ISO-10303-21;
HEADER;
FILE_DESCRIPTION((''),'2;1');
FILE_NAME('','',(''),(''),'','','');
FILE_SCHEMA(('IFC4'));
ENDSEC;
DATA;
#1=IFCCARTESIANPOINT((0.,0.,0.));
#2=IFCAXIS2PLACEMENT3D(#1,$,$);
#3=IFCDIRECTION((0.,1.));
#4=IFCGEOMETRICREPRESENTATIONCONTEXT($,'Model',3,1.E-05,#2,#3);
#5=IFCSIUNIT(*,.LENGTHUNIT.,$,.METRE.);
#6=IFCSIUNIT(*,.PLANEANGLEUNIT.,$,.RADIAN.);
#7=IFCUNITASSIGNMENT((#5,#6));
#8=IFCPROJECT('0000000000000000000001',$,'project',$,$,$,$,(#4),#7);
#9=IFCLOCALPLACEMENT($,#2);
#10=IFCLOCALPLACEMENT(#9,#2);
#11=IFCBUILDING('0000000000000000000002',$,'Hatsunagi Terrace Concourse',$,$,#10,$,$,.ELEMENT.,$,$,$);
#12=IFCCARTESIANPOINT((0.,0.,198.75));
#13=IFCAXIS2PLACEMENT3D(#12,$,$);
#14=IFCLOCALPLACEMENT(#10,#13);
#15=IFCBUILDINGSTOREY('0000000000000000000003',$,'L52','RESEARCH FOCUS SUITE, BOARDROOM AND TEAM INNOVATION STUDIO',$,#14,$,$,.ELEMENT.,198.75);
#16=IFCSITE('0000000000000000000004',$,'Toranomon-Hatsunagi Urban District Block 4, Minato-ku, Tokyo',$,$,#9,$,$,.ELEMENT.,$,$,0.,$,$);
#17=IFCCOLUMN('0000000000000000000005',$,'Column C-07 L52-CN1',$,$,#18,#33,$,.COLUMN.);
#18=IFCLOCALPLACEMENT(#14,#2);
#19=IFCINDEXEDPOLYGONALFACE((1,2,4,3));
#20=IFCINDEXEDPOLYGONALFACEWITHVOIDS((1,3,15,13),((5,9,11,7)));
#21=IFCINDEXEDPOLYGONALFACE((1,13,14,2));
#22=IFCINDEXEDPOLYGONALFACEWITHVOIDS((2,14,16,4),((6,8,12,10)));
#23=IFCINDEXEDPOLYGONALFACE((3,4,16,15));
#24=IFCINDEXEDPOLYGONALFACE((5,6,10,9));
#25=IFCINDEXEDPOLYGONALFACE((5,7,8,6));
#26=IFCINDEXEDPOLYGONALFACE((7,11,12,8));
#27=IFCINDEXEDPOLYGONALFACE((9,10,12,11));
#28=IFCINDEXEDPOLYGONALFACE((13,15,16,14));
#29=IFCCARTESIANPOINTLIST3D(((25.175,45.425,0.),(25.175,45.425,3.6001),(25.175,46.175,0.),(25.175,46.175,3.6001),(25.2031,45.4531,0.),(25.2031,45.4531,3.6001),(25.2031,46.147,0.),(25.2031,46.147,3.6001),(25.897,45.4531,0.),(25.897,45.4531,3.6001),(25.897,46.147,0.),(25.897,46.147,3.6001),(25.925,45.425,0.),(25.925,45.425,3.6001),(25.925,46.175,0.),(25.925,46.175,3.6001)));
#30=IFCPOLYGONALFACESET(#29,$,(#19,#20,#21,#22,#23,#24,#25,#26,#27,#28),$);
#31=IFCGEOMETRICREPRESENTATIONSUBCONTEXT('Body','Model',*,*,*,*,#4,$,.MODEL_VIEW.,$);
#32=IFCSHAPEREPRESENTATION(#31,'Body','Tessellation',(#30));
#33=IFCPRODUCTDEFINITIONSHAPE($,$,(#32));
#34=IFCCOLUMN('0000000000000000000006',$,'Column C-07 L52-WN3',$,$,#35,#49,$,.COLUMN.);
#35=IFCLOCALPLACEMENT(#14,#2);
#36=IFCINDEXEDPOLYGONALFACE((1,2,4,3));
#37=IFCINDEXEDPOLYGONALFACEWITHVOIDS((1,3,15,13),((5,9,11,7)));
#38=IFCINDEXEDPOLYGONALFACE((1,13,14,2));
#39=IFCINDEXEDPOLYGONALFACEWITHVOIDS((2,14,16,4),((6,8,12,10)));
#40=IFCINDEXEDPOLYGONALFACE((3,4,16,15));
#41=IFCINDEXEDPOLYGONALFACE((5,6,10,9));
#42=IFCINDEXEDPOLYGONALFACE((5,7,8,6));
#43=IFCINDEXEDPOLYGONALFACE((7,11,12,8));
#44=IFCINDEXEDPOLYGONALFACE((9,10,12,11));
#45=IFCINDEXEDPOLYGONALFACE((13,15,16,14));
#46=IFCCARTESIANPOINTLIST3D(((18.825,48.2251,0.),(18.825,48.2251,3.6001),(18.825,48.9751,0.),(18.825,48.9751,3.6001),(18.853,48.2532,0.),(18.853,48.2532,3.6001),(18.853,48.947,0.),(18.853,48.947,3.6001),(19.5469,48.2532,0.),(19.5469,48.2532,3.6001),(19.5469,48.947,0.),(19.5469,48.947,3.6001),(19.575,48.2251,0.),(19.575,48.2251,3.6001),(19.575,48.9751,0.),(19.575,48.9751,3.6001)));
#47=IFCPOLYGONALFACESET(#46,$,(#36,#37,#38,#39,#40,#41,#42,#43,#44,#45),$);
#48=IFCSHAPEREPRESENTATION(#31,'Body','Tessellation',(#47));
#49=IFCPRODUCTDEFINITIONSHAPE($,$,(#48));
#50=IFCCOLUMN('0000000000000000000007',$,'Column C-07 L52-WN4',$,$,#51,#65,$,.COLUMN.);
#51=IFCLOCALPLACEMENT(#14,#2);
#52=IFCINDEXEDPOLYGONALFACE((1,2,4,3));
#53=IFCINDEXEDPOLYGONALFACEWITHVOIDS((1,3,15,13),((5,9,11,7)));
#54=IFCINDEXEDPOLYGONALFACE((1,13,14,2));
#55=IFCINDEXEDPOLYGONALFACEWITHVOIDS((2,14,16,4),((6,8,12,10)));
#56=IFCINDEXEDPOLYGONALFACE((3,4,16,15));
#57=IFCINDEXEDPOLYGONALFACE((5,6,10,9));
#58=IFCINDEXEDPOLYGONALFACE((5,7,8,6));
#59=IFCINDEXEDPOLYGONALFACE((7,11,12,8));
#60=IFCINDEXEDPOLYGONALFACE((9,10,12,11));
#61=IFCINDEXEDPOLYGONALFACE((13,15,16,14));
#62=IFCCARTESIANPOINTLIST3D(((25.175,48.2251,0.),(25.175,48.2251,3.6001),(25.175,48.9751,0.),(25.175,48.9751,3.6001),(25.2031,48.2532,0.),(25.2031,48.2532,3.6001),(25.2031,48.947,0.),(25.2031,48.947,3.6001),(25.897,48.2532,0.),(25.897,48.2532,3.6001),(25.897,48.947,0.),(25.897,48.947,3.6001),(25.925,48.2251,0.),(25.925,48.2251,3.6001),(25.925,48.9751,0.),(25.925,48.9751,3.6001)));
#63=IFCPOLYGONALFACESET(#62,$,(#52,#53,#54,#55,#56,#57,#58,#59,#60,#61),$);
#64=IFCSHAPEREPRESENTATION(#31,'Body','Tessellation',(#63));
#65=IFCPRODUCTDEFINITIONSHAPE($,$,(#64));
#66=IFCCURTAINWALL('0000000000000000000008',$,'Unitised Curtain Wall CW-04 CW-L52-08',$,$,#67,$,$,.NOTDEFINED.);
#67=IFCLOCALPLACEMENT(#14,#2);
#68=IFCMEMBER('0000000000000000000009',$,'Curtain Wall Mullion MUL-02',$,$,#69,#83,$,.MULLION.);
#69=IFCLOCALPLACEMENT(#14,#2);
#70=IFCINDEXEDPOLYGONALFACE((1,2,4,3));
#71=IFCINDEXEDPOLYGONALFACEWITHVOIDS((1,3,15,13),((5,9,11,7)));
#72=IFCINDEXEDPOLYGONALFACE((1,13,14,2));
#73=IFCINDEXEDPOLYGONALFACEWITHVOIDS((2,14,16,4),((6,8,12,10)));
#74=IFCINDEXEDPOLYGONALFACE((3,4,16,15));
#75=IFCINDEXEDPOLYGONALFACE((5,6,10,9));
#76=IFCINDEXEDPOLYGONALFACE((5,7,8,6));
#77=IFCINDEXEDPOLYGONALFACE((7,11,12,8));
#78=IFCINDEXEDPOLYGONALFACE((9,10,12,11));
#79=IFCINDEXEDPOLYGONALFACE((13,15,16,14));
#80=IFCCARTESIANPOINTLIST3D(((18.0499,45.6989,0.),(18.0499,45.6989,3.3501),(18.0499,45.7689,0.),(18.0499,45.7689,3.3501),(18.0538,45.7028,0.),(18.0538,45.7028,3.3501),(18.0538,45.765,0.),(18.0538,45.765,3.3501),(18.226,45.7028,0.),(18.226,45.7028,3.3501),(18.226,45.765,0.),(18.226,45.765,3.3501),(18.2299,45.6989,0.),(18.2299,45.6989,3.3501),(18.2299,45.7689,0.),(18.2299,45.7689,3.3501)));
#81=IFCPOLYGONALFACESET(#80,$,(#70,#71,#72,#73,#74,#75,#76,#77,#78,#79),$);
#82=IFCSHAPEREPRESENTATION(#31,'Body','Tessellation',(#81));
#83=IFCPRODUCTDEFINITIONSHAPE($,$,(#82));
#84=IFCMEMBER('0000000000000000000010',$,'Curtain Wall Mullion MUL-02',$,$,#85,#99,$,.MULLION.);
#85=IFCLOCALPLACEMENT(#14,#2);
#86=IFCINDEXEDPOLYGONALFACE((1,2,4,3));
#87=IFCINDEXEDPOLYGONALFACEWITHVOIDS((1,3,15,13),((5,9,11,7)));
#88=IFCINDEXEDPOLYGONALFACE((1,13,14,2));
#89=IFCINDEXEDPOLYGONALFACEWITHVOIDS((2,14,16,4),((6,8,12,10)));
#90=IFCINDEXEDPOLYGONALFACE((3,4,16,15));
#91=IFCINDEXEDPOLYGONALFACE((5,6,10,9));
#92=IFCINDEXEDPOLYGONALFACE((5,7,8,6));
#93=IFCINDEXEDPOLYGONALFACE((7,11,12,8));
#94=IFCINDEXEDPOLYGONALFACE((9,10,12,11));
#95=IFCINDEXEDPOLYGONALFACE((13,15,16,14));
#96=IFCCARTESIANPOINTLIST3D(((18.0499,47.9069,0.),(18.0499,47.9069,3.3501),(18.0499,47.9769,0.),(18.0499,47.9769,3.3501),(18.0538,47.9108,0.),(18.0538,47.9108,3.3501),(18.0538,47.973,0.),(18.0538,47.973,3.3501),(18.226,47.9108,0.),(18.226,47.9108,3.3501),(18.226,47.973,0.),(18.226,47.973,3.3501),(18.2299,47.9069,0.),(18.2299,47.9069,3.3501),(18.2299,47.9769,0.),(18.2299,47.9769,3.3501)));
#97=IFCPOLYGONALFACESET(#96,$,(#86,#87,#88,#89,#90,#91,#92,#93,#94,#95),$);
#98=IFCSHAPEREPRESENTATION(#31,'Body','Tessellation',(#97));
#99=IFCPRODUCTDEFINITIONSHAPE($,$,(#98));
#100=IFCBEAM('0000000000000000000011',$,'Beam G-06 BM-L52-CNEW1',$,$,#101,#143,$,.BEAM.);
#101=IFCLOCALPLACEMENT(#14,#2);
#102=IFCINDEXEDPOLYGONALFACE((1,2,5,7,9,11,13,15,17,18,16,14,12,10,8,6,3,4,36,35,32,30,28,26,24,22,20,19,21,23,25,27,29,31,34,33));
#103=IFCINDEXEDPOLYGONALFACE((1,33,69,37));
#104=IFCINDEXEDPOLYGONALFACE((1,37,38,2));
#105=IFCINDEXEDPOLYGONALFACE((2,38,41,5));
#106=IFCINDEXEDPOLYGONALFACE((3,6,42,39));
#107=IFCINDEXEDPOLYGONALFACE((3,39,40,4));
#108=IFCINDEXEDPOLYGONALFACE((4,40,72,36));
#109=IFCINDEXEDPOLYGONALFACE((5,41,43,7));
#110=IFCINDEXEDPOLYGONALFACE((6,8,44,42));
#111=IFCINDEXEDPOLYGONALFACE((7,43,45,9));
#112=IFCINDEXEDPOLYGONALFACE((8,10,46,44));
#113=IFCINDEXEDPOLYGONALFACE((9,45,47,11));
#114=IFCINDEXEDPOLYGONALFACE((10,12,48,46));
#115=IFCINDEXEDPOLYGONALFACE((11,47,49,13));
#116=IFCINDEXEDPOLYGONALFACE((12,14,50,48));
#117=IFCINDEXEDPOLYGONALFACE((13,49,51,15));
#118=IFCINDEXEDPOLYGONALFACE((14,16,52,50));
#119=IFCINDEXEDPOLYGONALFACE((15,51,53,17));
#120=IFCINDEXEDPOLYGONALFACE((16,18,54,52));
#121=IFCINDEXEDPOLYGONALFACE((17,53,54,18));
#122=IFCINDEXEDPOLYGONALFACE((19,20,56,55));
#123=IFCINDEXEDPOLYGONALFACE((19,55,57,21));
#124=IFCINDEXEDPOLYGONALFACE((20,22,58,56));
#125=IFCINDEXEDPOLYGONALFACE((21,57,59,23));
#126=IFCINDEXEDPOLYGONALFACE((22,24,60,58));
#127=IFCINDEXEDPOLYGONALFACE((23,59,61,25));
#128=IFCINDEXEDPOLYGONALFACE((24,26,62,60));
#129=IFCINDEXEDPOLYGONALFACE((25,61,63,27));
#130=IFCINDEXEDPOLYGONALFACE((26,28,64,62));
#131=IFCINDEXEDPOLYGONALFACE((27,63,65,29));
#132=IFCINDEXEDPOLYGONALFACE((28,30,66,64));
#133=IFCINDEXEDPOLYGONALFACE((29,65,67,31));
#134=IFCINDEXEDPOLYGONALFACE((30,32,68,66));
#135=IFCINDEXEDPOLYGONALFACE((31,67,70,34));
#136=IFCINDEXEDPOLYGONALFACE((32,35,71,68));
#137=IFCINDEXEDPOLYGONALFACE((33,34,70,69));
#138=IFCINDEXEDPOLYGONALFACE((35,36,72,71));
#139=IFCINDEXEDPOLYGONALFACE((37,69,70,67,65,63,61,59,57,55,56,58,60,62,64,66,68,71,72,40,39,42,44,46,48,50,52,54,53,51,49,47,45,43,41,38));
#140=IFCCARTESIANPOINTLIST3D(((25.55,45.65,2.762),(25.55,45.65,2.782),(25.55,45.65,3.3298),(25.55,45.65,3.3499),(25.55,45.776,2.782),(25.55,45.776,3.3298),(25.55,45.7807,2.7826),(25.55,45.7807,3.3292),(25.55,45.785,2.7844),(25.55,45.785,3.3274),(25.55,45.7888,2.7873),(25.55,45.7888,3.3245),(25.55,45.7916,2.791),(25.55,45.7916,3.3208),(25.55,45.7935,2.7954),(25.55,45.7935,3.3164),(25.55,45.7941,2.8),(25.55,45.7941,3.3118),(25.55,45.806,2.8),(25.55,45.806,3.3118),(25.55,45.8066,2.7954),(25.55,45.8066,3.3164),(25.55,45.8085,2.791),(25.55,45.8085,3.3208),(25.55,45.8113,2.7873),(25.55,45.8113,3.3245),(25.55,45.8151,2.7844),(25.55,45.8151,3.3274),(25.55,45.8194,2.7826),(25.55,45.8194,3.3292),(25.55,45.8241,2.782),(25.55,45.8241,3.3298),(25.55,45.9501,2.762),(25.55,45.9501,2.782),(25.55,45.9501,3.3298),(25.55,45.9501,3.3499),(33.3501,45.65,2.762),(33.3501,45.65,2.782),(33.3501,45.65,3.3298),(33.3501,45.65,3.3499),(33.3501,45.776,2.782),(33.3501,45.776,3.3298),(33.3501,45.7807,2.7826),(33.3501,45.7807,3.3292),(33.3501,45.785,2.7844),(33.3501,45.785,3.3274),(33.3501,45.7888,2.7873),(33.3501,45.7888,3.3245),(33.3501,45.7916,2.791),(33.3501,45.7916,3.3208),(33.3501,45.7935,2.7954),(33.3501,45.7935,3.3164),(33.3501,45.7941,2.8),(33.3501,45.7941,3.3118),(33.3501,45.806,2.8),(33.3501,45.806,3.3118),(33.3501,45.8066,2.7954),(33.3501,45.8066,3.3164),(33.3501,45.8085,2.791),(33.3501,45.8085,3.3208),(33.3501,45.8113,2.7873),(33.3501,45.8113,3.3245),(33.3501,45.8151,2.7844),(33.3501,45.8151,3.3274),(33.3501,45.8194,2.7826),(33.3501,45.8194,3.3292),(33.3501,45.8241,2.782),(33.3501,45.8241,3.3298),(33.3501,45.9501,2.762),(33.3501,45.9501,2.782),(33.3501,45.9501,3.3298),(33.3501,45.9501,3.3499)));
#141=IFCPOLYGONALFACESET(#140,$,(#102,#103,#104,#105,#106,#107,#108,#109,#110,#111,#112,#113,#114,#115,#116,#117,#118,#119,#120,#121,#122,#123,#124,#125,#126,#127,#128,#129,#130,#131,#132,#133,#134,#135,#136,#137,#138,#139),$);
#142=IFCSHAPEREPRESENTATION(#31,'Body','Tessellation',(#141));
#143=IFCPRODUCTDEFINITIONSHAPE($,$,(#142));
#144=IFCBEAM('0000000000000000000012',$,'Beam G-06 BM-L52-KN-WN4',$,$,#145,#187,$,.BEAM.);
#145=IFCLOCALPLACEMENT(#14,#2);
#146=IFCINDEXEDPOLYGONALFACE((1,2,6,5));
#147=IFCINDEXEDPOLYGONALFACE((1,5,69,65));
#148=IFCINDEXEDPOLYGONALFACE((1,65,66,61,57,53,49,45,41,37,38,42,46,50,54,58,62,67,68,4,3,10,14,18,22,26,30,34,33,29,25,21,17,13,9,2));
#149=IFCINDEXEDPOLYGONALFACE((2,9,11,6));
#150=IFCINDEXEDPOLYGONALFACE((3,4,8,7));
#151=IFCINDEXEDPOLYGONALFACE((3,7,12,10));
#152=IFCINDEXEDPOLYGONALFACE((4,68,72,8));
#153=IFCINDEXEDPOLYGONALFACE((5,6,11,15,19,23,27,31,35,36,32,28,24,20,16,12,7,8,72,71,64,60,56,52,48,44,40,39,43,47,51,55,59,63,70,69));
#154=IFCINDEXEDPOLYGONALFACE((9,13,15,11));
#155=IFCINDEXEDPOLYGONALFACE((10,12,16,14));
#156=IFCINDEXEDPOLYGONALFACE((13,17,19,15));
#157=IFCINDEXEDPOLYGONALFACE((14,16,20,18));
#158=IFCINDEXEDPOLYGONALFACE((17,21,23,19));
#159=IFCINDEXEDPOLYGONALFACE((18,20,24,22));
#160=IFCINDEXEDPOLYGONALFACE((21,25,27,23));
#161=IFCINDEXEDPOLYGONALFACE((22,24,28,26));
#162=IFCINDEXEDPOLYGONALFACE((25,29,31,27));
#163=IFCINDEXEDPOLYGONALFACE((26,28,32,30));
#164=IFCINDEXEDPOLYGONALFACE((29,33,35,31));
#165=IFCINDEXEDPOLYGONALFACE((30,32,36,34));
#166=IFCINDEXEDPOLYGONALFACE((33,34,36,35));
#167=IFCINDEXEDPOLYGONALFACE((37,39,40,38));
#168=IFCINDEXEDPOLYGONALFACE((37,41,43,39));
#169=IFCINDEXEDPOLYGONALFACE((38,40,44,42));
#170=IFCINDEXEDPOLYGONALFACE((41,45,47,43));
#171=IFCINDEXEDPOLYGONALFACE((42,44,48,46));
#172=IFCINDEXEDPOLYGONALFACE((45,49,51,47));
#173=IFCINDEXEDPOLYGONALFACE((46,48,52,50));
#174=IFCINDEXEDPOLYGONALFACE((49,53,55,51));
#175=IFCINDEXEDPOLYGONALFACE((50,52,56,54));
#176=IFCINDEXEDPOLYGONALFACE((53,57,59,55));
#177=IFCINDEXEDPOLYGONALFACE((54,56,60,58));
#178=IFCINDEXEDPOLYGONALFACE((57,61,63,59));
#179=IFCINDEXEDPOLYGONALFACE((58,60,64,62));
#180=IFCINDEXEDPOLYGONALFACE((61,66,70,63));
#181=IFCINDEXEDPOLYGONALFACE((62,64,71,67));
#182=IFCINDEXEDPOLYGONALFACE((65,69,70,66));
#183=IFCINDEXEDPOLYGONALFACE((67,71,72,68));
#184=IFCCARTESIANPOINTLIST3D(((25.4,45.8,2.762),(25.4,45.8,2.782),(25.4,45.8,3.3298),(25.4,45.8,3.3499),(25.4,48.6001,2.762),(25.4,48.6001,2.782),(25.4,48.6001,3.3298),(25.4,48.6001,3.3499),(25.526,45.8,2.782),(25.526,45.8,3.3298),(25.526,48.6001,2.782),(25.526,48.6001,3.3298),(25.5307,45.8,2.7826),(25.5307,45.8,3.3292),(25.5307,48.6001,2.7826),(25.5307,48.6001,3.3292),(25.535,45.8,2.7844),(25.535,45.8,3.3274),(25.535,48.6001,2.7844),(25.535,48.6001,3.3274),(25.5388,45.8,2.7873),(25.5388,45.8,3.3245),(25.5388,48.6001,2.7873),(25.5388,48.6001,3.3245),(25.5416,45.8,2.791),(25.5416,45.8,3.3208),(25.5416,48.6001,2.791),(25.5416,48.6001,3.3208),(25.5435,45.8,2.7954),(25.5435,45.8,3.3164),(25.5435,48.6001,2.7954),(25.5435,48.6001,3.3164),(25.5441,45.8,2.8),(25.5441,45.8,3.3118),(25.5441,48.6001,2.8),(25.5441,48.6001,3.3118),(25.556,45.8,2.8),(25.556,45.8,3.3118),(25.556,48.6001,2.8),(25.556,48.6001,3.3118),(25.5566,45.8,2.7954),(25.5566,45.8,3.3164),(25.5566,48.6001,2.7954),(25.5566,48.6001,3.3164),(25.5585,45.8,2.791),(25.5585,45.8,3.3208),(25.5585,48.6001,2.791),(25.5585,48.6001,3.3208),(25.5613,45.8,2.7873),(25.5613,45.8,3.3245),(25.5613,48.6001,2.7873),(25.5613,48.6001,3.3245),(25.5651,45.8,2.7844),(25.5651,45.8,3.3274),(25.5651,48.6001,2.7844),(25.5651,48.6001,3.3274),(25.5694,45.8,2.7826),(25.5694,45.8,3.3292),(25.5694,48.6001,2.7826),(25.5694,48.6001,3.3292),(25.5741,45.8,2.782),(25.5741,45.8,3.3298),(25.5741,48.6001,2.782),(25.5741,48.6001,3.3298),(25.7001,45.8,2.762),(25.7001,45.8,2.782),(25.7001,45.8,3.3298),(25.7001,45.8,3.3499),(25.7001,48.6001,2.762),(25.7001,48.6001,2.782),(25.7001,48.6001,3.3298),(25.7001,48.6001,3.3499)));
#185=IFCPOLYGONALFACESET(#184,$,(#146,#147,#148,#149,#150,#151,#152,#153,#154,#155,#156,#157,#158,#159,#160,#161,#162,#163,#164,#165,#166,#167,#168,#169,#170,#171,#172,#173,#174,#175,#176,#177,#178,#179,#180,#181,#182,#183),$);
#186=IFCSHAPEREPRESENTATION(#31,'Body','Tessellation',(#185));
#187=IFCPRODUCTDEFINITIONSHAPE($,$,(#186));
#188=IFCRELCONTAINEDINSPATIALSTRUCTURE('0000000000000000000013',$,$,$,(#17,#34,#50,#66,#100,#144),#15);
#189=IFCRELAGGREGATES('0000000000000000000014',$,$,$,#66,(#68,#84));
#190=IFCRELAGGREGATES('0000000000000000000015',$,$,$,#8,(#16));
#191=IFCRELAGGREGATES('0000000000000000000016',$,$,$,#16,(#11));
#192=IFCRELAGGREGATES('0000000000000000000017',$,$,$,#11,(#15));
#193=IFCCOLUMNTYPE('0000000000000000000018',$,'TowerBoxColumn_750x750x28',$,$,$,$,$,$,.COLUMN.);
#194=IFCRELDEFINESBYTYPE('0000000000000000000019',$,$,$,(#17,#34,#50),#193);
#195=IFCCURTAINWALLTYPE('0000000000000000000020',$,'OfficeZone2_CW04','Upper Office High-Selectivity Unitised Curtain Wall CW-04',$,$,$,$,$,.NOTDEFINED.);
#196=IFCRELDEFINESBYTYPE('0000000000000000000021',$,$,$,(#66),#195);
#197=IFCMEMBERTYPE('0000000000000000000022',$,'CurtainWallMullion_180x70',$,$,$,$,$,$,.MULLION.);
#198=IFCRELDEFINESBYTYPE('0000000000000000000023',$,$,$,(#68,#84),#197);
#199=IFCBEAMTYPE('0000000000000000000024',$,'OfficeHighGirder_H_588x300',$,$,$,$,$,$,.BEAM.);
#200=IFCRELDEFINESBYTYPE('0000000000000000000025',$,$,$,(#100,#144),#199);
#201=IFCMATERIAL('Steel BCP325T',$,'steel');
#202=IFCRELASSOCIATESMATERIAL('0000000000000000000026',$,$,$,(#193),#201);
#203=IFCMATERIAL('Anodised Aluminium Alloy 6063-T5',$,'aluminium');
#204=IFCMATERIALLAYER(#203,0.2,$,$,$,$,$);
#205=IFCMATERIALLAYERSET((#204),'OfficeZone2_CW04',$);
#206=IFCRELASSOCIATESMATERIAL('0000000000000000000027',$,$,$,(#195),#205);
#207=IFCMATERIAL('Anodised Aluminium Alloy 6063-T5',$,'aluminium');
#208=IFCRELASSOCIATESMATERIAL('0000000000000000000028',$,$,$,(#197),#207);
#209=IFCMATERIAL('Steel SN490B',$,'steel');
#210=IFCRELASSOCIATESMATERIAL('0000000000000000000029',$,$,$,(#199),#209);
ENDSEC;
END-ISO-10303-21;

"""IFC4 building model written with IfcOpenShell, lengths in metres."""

from ifc_helpers import new_model, si_unit, direction, frame, origin, origin_2d, place, context, subcontext, project, spatial, hollow_rectangle, i_section, extrude, material, layer, layer_set, material_profile, profile_set, type_object, element, aggregate, save


model = new_model("IFC4")

# Units and contexts
model_context = context("Model", 3, precision=1e-05, world=origin(), true_north=direction((0.0, 1.0)))
body_context = subcontext(model_context, "Body", "Model", "MODEL_VIEW")
ifc_project = project(units=[si_unit("LENGTHUNIT", "METRE"), si_unit("PLANEANGLEUNIT", "RADIAN")], contexts=[model_context])

# Site, building, storey
site_placement = place(None, origin())
site = spatial("IfcSite", under=ifc_project, at=site_placement, Name="Toranomon-Hatsunagi Urban District Block 4, Minato-ku, Tokyo", CompositionType="ELEMENT", RefElevation=0.0)
building_placement = place(site_placement, origin())
building = spatial("IfcBuilding", under=site, at=building_placement, Name="Hatsunagi Terrace Concourse", CompositionType="ELEMENT")
storey_placement = place(building_placement, frame((0.0, 0.0, 198.75)))
storey = spatial("IfcBuildingStorey", under=building, at=storey_placement, Name="L52", Description="RESEARCH FOCUS SUITE, BOARDROOM AND TEAM INNOVATION STUDIO", CompositionType="ELEMENT", Elevation=198.75)

# Columns
ifc_material_1 = material(Name="Steel BCP325T", Category="steel")
ifc_material_profile_1 = material_profile(ifc_material_1, hollow_rectangle(XDim=0.75, YDim=0.75, WallThickness=0.0281, at=origin_2d()), Name="BCP-750x750x28")
ifc_profile_set_1 = profile_set([ifc_material_profile_1], Name="Steel BCP325T")
column_type = type_object("IfcColumnType", Name="TowerBoxColumn_750x750x28", PredefinedType="COLUMN", material=ifc_profile_set_1)
for number, where, z_axis, x_axis, name in (
    (1, (25.55, 45.8, 0.0), (0.0, 0.0, 1.0), (1.0, 0.0, 0.0), "Column C-07 L52-CN1"),
    (2, (19.2, 48.6001, 0.0), (0.0, 0.0, 1.0), (1.0, 0.0, 0.0), "Column C-07 L52-WN3"),
    (3, (25.55, 48.6001, 0.0), (0.0, 0.0, 1.0), (1.0, 0.0, 0.0), "Column C-07 L52-WN4"),
):
    element("IfcColumn", number, at=place(storey_placement, frame(where, z_axis=z_axis, x_axis=x_axis)), inside=storey, type_object=column_type, Name=name, PredefinedType="COLUMN", context=body_context, shape_type="SweptSolid", body=[
        extrude(hollow_rectangle(XDim=0.75, YDim=0.75, WallThickness=0.0281, at=origin_2d()), origin(), (0.0, 0.0, 1.0), 3.6001),
    ])

# Curtain wall, members
ifc_material_2 = material(Name="Anodised Aluminium Alloy 6063-T5", Category="aluminium")
ifc_layer_1 = layer(ifc_material_2, 0.2)
ifc_layer_set_1 = layer_set([ifc_layer_1], Name="OfficeZone2_CW04")
curtain_wall_type = type_object("IfcCurtainWallType", Name="OfficeZone2_CW04", Description="Upper Office High-Selectivity Unitised Curtain Wall CW-04", PredefinedType="NOTDEFINED", material=ifc_layer_set_1)
curtain_wall_placement = place(storey_placement, origin())
curtain_wall = element("IfcCurtainWall", 4, at=curtain_wall_placement, inside=storey, type_object=curtain_wall_type, Name="Unitised Curtain Wall CW-04 CW-L52-08", PredefinedType="NOTDEFINED")
ifc_material_3 = material(Name="Anodised Aluminium Alloy 6063-T5", Category="aluminium")
ifc_material_profile_2 = material_profile(ifc_material_3, hollow_rectangle(XDim=0.0701, YDim=0.1799, WallThickness=0.0039, at=origin_2d()), Name="ALU-MUL-180x70x4")
ifc_profile_set_2 = profile_set([ifc_material_profile_2], Name="Anodised Aluminium Alloy 6063-T5")
member_type = type_object("IfcMemberType", Name="CurtainWallMullion_180x70", PredefinedType="MULLION", material=ifc_profile_set_2)
member_1_placement = place(storey_placement, frame((18.1399, 45.7339, 0.0), z_axis=(0.0, 0.0, 1.0), x_axis=(0.0, 1.0, 0.0)))
member_1 = element("IfcMember", 5, at=member_1_placement, type_object=member_type, Name="Curtain Wall Mullion MUL-02", PredefinedType="MULLION", context=body_context, shape_type="SweptSolid", body=[
    extrude(hollow_rectangle(XDim=0.0701, YDim=0.1799, WallThickness=0.0039, at=origin_2d()), origin(), (0.0, 0.0, 1.0), 3.3501),
])
member_2_placement = place(storey_placement, frame((18.1399, 47.9419, 0.0), z_axis=(0.0, 0.0, 1.0), x_axis=(0.0, 1.0, 0.0)))
member_2 = element("IfcMember", 6, at=member_2_placement, type_object=member_type, Name="Curtain Wall Mullion MUL-02", PredefinedType="MULLION", context=body_context, shape_type="SweptSolid", body=[
    extrude(hollow_rectangle(XDim=0.0701, YDim=0.1799, WallThickness=0.0039, at=origin_2d()), origin(), (0.0, 0.0, 1.0), 3.3501),
])

# Beams
ifc_material_4 = material(Name="Steel SN490B", Category="steel")
ifc_material_profile_3 = material_profile(ifc_material_4, i_section(OverallWidth=0.3, OverallDepth=0.5879, WebThickness=0.012, FlangeThickness=0.02, FilletRadius=0.0181, at=origin_2d()), Name="H-588x300x12x20")
ifc_profile_set_3 = profile_set([ifc_material_profile_3], Name="Steel SN490B")
beam_type_1 = type_object("IfcBeamType", Name="OfficeHighGirder_H_588x300", PredefinedType="BEAM", material=ifc_profile_set_3)
beam_1_placement = place(storey_placement, frame((25.55, 45.8, 3.0559), z_axis=(1.0, 0.0, 0.0), x_axis=(0.0, 1.0, 0.0)))
element("IfcBeam", 7, at=beam_1_placement, inside=storey, type_object=beam_type_1, Name="Beam G-06 BM-L52-CNEW1", PredefinedType="BEAM", context=body_context, shape_type="SweptSolid", body=[
    extrude(i_section(OverallWidth=0.3, OverallDepth=0.5879, WebThickness=0.012, FlangeThickness=0.02, FilletRadius=0.0181, at=origin_2d()), origin(), (0.0, 0.0, 1.0), 7.8),
])
beam_2_placement = place(storey_placement, frame((25.55, 45.8, 3.0559), z_axis=(0.0, 1.0, 0.0), x_axis=(-1.0, 0.0, 0.0)))
element("IfcBeam", 8, at=beam_2_placement, inside=storey, type_object=beam_type_1, Name="Beam G-06 BM-L52-KN-WN4", PredefinedType="BEAM", context=body_context, shape_type="SweptSolid", body=[
    extrude(i_section(OverallWidth=0.3, OverallDepth=0.5879, WebThickness=0.012, FlangeThickness=0.02, FilletRadius=0.0181, at=origin_2d()), origin(), (0.0, 0.0, 1.0), 2.8),
])

aggregate(curtain_wall, [member_1, member_2])

save(model, "model.ifc")
